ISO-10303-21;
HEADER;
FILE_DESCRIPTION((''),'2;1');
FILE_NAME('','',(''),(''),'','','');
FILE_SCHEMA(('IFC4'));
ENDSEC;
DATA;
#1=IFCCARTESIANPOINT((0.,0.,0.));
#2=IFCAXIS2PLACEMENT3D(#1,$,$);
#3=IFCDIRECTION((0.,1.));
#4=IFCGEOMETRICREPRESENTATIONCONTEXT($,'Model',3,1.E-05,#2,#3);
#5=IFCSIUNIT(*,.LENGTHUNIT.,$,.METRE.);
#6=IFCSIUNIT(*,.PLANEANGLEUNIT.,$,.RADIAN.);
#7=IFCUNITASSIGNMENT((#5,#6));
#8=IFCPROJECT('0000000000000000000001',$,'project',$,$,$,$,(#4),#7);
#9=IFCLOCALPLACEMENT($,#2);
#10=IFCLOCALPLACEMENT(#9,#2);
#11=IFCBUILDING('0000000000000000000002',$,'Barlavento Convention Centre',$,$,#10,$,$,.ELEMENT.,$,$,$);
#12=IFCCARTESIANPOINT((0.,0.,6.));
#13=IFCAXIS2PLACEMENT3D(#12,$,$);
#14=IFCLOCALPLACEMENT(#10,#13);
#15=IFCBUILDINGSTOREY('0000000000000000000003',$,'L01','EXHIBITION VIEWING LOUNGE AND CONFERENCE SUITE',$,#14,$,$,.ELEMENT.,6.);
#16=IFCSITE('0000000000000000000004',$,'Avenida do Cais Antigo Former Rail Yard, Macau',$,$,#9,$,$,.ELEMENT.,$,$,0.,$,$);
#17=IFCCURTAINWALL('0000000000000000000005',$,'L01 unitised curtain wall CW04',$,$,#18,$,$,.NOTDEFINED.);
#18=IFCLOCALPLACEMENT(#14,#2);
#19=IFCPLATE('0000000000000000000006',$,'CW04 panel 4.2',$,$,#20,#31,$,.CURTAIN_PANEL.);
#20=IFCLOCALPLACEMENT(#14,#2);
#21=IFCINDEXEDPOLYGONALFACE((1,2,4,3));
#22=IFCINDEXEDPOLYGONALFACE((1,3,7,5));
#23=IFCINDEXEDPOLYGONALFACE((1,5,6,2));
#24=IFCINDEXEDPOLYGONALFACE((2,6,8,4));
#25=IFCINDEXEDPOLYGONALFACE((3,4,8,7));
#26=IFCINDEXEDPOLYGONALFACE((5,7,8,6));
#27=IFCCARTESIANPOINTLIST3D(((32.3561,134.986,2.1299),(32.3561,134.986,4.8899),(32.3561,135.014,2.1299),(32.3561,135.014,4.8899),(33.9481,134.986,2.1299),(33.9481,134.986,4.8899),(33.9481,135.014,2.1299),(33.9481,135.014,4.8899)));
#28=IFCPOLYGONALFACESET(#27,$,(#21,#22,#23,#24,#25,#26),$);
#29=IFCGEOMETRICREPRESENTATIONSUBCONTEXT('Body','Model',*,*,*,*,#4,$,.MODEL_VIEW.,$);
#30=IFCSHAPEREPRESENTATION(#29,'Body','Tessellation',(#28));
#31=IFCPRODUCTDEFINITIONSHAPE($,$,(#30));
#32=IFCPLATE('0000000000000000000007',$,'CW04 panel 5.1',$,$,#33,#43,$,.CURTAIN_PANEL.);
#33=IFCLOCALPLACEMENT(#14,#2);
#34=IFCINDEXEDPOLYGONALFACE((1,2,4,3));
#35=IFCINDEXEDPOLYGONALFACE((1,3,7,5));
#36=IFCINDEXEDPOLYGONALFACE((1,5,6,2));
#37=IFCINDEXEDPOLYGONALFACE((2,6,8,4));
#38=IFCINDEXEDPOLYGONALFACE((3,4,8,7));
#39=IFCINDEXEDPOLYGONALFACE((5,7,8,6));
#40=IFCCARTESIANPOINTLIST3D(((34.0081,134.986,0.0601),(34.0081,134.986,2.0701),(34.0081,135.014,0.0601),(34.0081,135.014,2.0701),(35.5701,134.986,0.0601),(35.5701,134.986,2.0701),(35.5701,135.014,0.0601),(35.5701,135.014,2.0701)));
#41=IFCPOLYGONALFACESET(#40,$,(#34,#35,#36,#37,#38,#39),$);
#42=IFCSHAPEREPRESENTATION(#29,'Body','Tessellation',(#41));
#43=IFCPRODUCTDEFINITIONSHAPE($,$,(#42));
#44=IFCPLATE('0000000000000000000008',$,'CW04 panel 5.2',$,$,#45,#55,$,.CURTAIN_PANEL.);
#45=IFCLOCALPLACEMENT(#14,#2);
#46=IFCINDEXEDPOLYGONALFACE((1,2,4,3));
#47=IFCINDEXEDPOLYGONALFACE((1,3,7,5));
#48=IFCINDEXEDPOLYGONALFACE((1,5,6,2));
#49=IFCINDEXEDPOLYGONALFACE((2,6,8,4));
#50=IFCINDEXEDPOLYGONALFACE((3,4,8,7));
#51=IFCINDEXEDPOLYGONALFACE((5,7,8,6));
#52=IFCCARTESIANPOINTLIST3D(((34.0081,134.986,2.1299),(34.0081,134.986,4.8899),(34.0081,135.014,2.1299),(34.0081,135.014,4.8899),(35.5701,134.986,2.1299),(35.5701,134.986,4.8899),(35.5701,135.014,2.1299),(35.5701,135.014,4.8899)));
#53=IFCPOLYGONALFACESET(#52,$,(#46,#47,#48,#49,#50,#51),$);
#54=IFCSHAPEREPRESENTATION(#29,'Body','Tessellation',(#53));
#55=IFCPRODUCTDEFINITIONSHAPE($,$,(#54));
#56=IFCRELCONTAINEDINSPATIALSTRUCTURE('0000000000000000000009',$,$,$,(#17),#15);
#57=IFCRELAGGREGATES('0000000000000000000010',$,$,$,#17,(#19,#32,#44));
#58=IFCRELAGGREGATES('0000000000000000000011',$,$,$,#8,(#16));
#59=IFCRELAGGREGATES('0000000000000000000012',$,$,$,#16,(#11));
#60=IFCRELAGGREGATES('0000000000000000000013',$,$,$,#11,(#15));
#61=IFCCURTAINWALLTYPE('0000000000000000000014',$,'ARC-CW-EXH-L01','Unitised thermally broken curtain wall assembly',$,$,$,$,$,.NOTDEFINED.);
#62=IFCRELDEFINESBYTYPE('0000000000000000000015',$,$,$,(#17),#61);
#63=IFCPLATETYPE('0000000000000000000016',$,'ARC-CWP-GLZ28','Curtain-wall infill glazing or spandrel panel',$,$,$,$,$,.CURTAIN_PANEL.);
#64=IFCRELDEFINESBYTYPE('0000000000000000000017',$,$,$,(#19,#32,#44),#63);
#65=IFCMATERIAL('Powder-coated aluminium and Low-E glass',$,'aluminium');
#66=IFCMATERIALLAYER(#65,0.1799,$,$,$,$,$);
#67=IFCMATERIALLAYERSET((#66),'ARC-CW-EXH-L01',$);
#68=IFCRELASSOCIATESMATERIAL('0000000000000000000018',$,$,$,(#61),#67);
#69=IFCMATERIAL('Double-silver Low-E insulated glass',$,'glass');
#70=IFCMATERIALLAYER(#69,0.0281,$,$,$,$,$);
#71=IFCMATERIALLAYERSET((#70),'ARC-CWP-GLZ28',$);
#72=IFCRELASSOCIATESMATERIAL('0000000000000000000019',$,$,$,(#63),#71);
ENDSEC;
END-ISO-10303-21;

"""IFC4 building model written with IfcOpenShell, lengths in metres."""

from ifc_helpers import new_model, si_unit, direction, frame, origin, origin_2d, place, context, subcontext, project, spatial, rectangle, extrude, material, layer, layer_set, type_object, element, aggregate, save


model = new_model("IFC4")

# Units and contexts
model_context = context("Model", 3, precision=1e-05, world=origin(), true_north=direction((0.0, 1.0)))
body_context = subcontext(model_context, "Body", "Model", "MODEL_VIEW")
ifc_project = project(units=[si_unit("LENGTHUNIT", "METRE"), si_unit("PLANEANGLEUNIT", "RADIAN")], contexts=[model_context])

# Site, building, storey
site_placement = place(None, origin())
site = spatial("IfcSite", under=ifc_project, at=site_placement, Name="Avenida do Cais Antigo Former Rail Yard, Macau", CompositionType="ELEMENT", RefElevation=0.0)
building_placement = place(site_placement, origin())
building = spatial("IfcBuilding", under=site, at=building_placement, Name="Barlavento Convention Centre", CompositionType="ELEMENT")
storey_placement = place(building_placement, frame((0.0, 0.0, 6.0)))
storey = spatial("IfcBuildingStorey", under=building, at=storey_placement, Name="L01", Description="EXHIBITION VIEWING LOUNGE AND CONFERENCE SUITE", CompositionType="ELEMENT", Elevation=6.0)

# Curtain wall
ifc_material_1 = material(Name="Powder-coated aluminium and Low-E glass", Category="aluminium")
ifc_layer_1 = layer(ifc_material_1, 0.1799)
ifc_layer_set_1 = layer_set([ifc_layer_1], Name="ARC-CW-EXH-L01")
curtain_wall_type = type_object("IfcCurtainWallType", Name="ARC-CW-EXH-L01", Description="Unitised thermally broken curtain wall assembly", PredefinedType="NOTDEFINED", material=ifc_layer_set_1)
curtain_wall_placement = place(storey_placement, origin())
curtain_wall = element("IfcCurtainWall", 1, at=curtain_wall_placement, inside=storey, type_object=curtain_wall_type, Name="L01 unitised curtain wall CW04", PredefinedType="NOTDEFINED")

# Plates
ifc_material_2 = material(Name="Double-silver Low-E insulated glass", Category="glass")
ifc_layer_2 = layer(ifc_material_2, 0.0281)
ifc_layer_set_2 = layer_set([ifc_layer_2], Name="ARC-CWP-GLZ28")
plate_type = type_object("IfcPlateType", Name="ARC-CWP-GLZ28", Description="Curtain-wall infill glazing or spandrel panel", PredefinedType="CURTAIN_PANEL", material=ifc_layer_set_2)
plate_1_placement = place(storey_placement, frame((33.1521, 135.0, 2.1299), z_axis=(0.0, 0.0, 1.0), x_axis=(1.0, 0.0, 0.0)))
plate_1 = element("IfcPlate", 2, at=plate_1_placement, type_object=plate_type, Name="CW04 panel 4.2", PredefinedType="CURTAIN_PANEL", context=body_context, shape_type="SweptSolid", body=[
    extrude(rectangle(XDim=1.592, YDim=0.0281, at=origin_2d()), origin(), (0.0, 0.0, 1.0), 2.76),
])
plate_2_placement = place(storey_placement, frame((34.7891, 135.0, 0.0601), z_axis=(0.0, 0.0, 1.0), x_axis=(1.0, 0.0, 0.0)))
plate_2 = element("IfcPlate", 3, at=plate_2_placement, type_object=plate_type, Name="CW04 panel 5.1", PredefinedType="CURTAIN_PANEL", context=body_context, shape_type="SweptSolid", body=[
    extrude(rectangle(XDim=1.562, YDim=0.0281, at=origin_2d()), origin(), (0.0, 0.0, 1.0), 2.01),
])
plate_3_placement = place(storey_placement, frame((34.7891, 135.0, 2.1299), z_axis=(0.0, 0.0, 1.0), x_axis=(1.0, 0.0, 0.0)))
plate_3 = element("IfcPlate", 4, at=plate_3_placement, type_object=plate_type, Name="CW04 panel 5.2", PredefinedType="CURTAIN_PANEL", context=body_context, shape_type="SweptSolid", body=[
    extrude(rectangle(XDim=1.562, YDim=0.0281, at=origin_2d()), origin(), (0.0, 0.0, 1.0), 2.76),
])
aggregate(curtain_wall, [plate_1, plate_2, plate_3])

save(model, "model.ifc")
